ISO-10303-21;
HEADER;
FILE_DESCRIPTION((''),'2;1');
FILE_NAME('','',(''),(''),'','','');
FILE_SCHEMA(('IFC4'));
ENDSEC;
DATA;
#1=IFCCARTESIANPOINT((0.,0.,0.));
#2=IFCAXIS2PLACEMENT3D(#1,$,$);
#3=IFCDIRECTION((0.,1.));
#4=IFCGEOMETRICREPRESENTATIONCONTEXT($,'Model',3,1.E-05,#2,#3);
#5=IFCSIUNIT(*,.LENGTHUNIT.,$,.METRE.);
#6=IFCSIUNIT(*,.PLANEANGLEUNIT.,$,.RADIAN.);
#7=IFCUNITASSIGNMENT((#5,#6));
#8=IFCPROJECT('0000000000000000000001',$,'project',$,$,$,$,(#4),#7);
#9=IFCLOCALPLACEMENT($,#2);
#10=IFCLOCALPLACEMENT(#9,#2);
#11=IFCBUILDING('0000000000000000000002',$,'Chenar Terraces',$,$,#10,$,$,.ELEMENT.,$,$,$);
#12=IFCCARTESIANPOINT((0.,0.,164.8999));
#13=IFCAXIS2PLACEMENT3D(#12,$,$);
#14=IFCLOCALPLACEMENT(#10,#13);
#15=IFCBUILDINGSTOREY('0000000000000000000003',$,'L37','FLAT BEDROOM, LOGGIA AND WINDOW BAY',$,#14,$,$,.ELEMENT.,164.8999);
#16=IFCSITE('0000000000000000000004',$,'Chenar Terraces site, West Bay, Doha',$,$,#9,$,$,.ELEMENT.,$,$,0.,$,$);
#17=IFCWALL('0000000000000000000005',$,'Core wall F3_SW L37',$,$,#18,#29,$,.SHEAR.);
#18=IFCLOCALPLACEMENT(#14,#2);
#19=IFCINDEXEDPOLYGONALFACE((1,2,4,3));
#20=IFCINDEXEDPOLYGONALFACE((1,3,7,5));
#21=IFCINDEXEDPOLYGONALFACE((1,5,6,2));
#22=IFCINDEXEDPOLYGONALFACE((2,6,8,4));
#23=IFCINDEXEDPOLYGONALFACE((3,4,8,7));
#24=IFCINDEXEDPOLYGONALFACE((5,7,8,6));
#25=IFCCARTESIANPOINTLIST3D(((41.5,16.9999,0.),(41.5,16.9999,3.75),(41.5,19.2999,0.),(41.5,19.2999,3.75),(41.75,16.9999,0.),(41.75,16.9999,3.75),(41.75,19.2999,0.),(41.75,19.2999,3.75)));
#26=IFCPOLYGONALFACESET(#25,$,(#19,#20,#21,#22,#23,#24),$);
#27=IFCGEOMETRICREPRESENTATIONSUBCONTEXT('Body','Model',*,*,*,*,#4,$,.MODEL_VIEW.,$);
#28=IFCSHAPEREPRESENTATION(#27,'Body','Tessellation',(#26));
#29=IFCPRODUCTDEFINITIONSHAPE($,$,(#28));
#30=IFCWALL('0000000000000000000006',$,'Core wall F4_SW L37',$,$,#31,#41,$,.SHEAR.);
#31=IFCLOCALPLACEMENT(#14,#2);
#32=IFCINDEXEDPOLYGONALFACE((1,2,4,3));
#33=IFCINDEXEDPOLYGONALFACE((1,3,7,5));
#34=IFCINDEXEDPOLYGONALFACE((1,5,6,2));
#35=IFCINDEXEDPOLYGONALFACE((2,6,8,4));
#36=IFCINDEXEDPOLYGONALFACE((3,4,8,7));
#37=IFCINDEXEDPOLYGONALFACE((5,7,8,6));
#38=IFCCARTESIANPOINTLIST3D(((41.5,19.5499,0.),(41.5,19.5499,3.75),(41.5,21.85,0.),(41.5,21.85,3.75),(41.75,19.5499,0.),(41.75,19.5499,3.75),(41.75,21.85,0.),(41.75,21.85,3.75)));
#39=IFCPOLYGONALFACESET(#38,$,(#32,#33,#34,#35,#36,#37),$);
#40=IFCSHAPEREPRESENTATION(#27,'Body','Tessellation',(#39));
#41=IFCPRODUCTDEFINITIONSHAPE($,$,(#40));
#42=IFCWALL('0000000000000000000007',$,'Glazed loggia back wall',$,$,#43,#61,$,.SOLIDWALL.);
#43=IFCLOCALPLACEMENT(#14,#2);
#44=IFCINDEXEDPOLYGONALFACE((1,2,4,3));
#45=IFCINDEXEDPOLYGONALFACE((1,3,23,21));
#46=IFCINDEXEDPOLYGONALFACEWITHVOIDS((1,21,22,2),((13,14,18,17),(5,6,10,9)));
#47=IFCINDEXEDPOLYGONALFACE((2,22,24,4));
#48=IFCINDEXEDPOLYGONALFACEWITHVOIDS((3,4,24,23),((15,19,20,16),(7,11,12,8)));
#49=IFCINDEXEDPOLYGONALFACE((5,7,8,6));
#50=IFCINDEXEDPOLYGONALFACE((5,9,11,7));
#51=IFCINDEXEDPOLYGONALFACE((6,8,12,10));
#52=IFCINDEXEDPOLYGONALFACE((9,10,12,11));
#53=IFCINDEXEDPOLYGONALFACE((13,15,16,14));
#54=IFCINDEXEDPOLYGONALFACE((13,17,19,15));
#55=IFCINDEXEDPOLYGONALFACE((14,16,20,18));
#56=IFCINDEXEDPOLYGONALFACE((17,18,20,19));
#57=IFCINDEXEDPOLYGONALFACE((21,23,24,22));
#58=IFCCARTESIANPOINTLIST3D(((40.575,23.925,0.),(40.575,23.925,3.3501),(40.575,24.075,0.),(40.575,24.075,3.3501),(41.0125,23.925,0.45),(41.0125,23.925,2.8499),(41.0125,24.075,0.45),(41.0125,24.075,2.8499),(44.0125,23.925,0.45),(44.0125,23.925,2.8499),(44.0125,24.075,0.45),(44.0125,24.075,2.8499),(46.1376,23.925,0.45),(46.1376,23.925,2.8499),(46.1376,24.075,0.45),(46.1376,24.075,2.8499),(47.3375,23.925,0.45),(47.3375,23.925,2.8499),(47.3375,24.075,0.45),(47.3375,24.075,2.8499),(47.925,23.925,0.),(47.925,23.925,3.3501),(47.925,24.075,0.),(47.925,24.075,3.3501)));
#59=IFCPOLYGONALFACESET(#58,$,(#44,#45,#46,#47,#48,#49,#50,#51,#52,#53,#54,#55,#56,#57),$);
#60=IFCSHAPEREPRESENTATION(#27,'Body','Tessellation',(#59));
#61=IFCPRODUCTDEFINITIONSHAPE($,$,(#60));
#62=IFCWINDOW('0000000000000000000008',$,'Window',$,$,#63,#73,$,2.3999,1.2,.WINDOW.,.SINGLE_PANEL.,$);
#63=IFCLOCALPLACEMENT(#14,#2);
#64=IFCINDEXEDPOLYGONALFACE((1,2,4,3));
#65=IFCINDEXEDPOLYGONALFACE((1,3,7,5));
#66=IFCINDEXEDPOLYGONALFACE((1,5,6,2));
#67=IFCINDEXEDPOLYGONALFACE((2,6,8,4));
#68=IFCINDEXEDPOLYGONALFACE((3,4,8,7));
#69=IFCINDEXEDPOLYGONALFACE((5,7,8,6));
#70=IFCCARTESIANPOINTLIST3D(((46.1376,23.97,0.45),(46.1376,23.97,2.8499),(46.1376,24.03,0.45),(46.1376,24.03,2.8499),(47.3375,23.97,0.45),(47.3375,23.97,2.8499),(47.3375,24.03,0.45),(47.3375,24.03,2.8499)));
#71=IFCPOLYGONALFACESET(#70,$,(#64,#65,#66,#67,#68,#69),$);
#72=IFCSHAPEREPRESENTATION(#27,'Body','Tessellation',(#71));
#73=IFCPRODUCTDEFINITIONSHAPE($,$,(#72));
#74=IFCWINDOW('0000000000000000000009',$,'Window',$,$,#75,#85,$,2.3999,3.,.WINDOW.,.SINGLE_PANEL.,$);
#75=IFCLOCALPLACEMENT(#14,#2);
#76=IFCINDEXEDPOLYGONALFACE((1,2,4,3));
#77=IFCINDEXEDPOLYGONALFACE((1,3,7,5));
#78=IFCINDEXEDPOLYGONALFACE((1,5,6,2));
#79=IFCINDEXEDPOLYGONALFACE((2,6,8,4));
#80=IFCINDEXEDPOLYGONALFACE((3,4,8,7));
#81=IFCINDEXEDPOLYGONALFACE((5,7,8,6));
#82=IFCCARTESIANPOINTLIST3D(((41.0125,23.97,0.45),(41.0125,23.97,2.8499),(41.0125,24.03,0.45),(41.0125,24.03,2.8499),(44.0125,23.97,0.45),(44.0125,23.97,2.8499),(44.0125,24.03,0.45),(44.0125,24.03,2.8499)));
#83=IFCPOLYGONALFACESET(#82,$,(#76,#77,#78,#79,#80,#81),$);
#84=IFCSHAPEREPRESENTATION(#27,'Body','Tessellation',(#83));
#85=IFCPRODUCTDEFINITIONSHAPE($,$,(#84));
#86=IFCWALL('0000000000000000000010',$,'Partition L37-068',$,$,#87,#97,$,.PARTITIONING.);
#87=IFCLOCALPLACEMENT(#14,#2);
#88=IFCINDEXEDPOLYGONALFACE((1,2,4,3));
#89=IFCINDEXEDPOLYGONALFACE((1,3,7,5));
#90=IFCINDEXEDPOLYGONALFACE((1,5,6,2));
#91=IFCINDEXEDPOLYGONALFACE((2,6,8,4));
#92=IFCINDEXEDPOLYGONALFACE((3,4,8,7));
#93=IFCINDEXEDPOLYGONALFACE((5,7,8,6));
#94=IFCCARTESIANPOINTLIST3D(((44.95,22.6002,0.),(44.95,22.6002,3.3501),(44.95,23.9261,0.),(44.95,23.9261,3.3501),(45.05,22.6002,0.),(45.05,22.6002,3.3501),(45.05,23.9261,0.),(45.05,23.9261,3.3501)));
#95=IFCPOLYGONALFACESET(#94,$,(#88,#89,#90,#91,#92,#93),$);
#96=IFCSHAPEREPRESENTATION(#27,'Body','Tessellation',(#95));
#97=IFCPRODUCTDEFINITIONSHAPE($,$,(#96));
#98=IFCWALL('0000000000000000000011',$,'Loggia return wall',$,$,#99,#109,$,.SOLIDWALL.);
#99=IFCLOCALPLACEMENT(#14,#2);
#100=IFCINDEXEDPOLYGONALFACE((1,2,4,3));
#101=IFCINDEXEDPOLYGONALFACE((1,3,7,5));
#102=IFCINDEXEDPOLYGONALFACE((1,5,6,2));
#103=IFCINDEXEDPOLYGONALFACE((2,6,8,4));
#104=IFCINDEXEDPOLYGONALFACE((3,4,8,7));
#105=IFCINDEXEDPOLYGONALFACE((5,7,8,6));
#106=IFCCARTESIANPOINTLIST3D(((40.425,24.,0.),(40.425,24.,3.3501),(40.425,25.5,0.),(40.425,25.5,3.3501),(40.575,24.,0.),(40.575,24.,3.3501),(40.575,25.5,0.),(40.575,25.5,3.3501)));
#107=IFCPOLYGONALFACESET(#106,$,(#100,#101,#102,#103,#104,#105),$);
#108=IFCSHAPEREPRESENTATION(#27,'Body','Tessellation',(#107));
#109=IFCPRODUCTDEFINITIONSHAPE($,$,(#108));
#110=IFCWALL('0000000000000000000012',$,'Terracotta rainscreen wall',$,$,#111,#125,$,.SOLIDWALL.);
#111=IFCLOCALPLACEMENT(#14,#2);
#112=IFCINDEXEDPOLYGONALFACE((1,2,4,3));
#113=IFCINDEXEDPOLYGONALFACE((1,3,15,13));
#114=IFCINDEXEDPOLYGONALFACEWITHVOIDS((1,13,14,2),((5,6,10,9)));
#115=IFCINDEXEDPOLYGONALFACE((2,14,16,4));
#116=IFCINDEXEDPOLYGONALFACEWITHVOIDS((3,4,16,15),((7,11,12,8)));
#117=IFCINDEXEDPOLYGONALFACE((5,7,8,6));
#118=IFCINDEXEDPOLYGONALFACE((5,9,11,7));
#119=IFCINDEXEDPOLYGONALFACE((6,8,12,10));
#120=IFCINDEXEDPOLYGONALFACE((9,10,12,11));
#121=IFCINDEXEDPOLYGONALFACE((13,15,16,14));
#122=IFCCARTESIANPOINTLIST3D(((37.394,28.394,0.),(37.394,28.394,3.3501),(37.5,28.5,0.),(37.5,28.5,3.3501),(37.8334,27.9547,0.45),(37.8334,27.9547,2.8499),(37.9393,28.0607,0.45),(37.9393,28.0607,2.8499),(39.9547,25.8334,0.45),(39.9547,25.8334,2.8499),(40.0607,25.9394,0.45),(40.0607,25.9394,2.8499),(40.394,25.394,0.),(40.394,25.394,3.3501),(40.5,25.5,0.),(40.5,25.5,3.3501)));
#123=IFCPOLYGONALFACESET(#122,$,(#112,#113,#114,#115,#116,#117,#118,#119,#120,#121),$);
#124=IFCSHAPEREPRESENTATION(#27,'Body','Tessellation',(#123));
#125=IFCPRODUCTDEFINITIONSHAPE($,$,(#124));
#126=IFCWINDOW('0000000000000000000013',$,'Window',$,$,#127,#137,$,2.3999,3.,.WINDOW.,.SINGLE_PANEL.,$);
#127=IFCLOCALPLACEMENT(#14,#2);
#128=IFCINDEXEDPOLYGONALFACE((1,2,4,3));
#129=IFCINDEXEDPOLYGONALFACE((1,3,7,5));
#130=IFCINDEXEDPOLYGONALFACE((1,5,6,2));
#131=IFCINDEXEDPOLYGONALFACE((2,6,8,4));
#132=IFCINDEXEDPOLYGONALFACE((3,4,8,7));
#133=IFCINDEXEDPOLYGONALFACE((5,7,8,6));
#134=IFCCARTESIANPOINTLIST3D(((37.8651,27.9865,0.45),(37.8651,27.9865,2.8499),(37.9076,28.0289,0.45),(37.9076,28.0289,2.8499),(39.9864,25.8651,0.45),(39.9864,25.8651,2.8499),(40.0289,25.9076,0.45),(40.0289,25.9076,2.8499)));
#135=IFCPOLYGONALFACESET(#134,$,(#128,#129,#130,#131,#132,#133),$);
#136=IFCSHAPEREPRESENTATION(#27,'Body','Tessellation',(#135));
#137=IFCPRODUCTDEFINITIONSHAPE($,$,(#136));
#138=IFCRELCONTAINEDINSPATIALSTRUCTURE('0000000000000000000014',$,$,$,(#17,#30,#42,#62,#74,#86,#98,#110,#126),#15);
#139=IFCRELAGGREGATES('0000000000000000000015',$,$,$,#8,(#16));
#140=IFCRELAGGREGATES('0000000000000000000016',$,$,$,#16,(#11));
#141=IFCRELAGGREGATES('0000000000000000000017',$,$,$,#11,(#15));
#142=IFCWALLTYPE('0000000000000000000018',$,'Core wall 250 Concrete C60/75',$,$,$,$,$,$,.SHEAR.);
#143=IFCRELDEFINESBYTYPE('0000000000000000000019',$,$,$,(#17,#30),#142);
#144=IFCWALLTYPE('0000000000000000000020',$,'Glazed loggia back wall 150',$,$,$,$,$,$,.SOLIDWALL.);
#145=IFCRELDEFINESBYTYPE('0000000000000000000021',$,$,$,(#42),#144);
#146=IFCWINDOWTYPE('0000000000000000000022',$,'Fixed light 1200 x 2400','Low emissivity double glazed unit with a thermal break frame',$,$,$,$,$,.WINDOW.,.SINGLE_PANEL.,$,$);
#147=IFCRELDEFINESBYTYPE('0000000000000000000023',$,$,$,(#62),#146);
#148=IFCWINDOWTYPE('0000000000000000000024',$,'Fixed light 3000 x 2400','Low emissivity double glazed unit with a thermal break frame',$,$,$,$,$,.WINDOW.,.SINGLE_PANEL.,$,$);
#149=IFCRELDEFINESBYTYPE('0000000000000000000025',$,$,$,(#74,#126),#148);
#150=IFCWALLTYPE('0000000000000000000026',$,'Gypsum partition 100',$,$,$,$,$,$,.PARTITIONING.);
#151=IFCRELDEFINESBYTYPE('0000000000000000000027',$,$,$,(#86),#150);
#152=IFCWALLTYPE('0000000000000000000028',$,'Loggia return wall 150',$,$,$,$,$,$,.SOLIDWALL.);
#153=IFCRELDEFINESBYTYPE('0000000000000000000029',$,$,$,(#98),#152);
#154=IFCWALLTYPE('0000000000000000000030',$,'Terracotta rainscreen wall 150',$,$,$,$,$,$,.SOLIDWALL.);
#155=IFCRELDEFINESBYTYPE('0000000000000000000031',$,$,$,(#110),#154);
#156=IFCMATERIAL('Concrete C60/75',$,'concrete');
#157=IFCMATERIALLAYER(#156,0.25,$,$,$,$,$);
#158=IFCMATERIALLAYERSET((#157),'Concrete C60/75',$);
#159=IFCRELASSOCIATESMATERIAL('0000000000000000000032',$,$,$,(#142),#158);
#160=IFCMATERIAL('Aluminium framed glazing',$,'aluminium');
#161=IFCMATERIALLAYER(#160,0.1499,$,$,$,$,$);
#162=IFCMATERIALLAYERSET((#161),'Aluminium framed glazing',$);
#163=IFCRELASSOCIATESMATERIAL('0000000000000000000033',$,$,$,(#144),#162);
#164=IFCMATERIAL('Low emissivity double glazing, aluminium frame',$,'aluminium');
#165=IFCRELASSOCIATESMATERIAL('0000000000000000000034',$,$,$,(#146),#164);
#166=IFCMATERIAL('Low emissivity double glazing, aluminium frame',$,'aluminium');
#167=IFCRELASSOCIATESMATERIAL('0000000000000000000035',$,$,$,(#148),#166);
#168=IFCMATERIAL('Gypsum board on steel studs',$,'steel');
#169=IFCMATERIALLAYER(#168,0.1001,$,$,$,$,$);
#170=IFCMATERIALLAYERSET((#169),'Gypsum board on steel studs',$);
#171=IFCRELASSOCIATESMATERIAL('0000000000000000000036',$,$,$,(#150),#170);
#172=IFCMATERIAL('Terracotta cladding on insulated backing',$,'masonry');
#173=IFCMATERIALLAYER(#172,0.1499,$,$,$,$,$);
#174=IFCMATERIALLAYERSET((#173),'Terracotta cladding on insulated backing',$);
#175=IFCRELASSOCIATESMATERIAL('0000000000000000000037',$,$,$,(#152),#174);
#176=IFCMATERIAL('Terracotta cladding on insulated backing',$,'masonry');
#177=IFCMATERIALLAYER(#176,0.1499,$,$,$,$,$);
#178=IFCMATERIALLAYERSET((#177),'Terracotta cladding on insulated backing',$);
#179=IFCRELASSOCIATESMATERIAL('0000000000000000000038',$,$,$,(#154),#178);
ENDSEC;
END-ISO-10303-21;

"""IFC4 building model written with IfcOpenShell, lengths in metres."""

from ifc_helpers import new_model, si_unit, direction, frame, frame_2d, origin, place, context, subcontext, project, spatial, rectangle, extrude, material, layer, layer_set, type_object, element, fill, save


model = new_model("IFC4")

# Units and contexts
model_context = context("Model", 3, precision=1e-05, world=origin(), true_north=direction((0.0, 1.0)))
body_context = subcontext(model_context, "Body", "Model", "MODEL_VIEW")
ifc_project = project(units=[si_unit("LENGTHUNIT", "METRE"), si_unit("PLANEANGLEUNIT", "RADIAN")], contexts=[model_context])

# Site, building, storey
site_placement = place(None, origin())
site = spatial("IfcSite", under=ifc_project, at=site_placement, Name="Chenar Terraces site, West Bay, Doha", CompositionType="ELEMENT", RefElevation=0.0)
building_placement = place(site_placement, origin())
building = spatial("IfcBuilding", under=site, at=building_placement, Name="Chenar Terraces", CompositionType="ELEMENT")
storey_placement = place(building_placement, frame((0.0, 0.0, 164.8999)))
storey = spatial("IfcBuildingStorey", under=building, at=storey_placement, Name="L37", Description="FLAT BEDROOM, LOGGIA AND WINDOW BAY", CompositionType="ELEMENT", Elevation=164.8999)

# Shared definitions
ifc_material_1 = material(Name="Concrete C60/75", Category="concrete")
ifc_layer_1 = layer(ifc_material_1, 0.25)
ifc_layer_set_1 = layer_set([ifc_layer_1], Name="Concrete C60/75")
wall_type_1 = type_object("IfcWallType", Name="Core wall 250 Concrete C60/75", PredefinedType="SHEAR", material=ifc_layer_set_1)

# Walls
for number, where, z_axis, x_axis, name in (
    (1, (41.625, 17.0, 0.0), (0.0, 0.0, 1.0), (0.0, 1.0, 0.0), "Core wall F3_SW L37"),
    (2, (41.625, 19.55, 0.0), (0.0, 0.0, 1.0), (0.0, 1.0, 0.0), "Core wall F4_SW L37"),
):
    element("IfcWall", number, at=place(storey_placement, frame(where, z_axis=z_axis, x_axis=x_axis)), inside=storey, type_object=wall_type_1, Name=name, PredefinedType="SHEAR", context=body_context, shape_type="SweptSolid", body=[
        extrude(rectangle(XDim=2.3, YDim=0.25, at=frame_2d((1.1499, 0.0))), origin(), (0.0, 0.0, 1.0), 3.75),
    ])

# Wall, openings, windows
ifc_material_2 = material(Name="Aluminium framed glazing", Category="aluminium")
ifc_layer_2 = layer(ifc_material_2, 0.1499)
ifc_layer_set_2 = layer_set([ifc_layer_2], Name="Aluminium framed glazing")
wall_type_2 = type_object("IfcWallType", Name="Glazed loggia back wall 150", PredefinedType="SOLIDWALL", material=ifc_layer_set_2)
wall_1_placement = place(storey_placement, frame((47.925, 24.0, 0.0), z_axis=(0.0, 0.0, 1.0), x_axis=(-1.0, 0.0, 0.0)))
wall_1 = element("IfcWall", 3, at=wall_1_placement, inside=storey, type_object=wall_type_2, Name="Glazed loggia back wall", PredefinedType="SOLIDWALL", context=body_context, shape_type="SweptSolid", body=[
    extrude(rectangle(XDim=7.3501, YDim=0.1499, at=frame_2d((3.675, 0.0))), origin(), (0.0, 0.0, 1.0), 3.3501),
])
opening_1_placement = place(wall_1_placement, frame((0.5874, 0.0, 0.45)))
opening_1 = element("IfcOpeningElement", 4, at=opening_1_placement, cuts=wall_1, PredefinedType="OPENING", context=body_context, shape_type="SweptSolid", body=[
    extrude(rectangle(XDim=1.2, YDim=2.3999, at=frame_2d((0.6001, 1.2))), frame((0.0, 0.085, 0.0), z_axis=(0.0, -1.0, 0.0), x_axis=(1.0, 0.0, 0.0)), (0.0, 0.0, 1.0), 0.1699),
])
opening_2_placement = place(wall_1_placement, frame((3.9126, 0.0, 0.45)))
opening_2 = element("IfcOpeningElement", 5, at=opening_2_placement, cuts=wall_1, PredefinedType="OPENING", context=body_context, shape_type="SweptSolid", body=[
    extrude(rectangle(XDim=3.0, YDim=2.3999, at=frame_2d((1.5, 1.2))), frame((0.0, 0.085, 0.0), z_axis=(0.0, -1.0, 0.0), x_axis=(1.0, 0.0, 0.0)), (0.0, 0.0, 1.0), 0.1699),
])
ifc_material_3 = material(Name="Low emissivity double glazing, aluminium frame", Category="aluminium")
window_type_1 = type_object("IfcWindowType", Name="Fixed light 1200 x 2400", Description="Low emissivity double glazed unit with a thermal break frame", PartitioningType="SINGLE_PANEL", PredefinedType="WINDOW", material=ifc_material_3)
window_1_placement = place(opening_1_placement, origin())
window_1 = element("IfcWindow", 6, at=window_1_placement, inside=storey, type_object=window_type_1, Name="Window", OverallHeight=2.3999, OverallWidth=1.2, PartitioningType="SINGLE_PANEL", PredefinedType="WINDOW", context=body_context, shape_type="SweptSolid", body=[
    extrude(rectangle(XDim=1.2, YDim=2.3999, at=frame_2d((0.6001, 1.2))), frame((0.0, 0.03, 0.0), z_axis=(0.0, -1.0, 0.0), x_axis=(1.0, 0.0, 0.0)), (0.0, 0.0, 1.0), 0.0601),
])
fill(opening_1, window_1)
ifc_material_4 = material(Name="Low emissivity double glazing, aluminium frame", Category="aluminium")
window_type_2 = type_object("IfcWindowType", Name="Fixed light 3000 x 2400", Description="Low emissivity double glazed unit with a thermal break frame", PartitioningType="SINGLE_PANEL", PredefinedType="WINDOW", material=ifc_material_4)
window_2_placement = place(opening_2_placement, origin())
window_2 = element("IfcWindow", 7, at=window_2_placement, inside=storey, type_object=window_type_2, Name="Window", OverallHeight=2.3999, OverallWidth=3.0, PartitioningType="SINGLE_PANEL", PredefinedType="WINDOW", context=body_context, shape_type="SweptSolid", body=[
    extrude(rectangle(XDim=3.0, YDim=2.3999, at=frame_2d((1.5, 1.2))), frame((0.0, 0.03, 0.0), z_axis=(0.0, -1.0, 0.0), x_axis=(1.0, 0.0, 0.0)), (0.0, 0.0, 1.0), 0.0601),
])
fill(opening_2, window_2)

# Walls
ifc_material_5 = material(Name="Gypsum board on steel studs", Category="steel")
ifc_layer_3 = layer(ifc_material_5, 0.1001)
ifc_layer_set_3 = layer_set([ifc_layer_3], Name="Gypsum board on steel studs")
wall_type_3 = type_object("IfcWallType", Name="Gypsum partition 100", PredefinedType="PARTITIONING", material=ifc_layer_set_3)
wall_2_placement = place(storey_placement, frame((45.0, 22.6001, 0.0), z_axis=(0.0, 0.0, 1.0), x_axis=(0.0, 1.0, 0.0)))
element("IfcWall", 8, at=wall_2_placement, inside=storey, type_object=wall_type_3, Name="Partition L37-068", PredefinedType="PARTITIONING", context=body_context, shape_type="SweptSolid", body=[
    extrude(rectangle(XDim=1.3259, YDim=0.1001, at=frame_2d((0.6631, 0.0))), origin(), (0.0, 0.0, 1.0), 3.3501),
])
ifc_material_6 = material(Name="Terracotta cladding on insulated backing", Category="masonry")
ifc_layer_4 = layer(ifc_material_6, 0.1499)
ifc_layer_set_4 = layer_set([ifc_layer_4], Name="Terracotta cladding on insulated backing")
wall_type_4 = type_object("IfcWallType", Name="Loggia return wall 150", PredefinedType="SOLIDWALL", material=ifc_layer_set_4)
wall_3_placement = place(storey_placement, frame((40.5, 25.5, 0.0), z_axis=(0.0, 0.0, 1.0), x_axis=(0.0, -1.0, 0.0)))
element("IfcWall", 9, at=wall_3_placement, inside=storey, type_object=wall_type_4, Name="Loggia return wall", PredefinedType="SOLIDWALL", context=body_context, shape_type="SweptSolid", body=[
    extrude(rectangle(XDim=1.5, YDim=0.1499, at=frame_2d((0.75, 0.0))), origin(), (0.0, 0.0, 1.0), 3.3501),
])

# Wall, opening, window
ifc_material_7 = material(Name="Terracotta cladding on insulated backing", Category="masonry")
ifc_layer_5 = layer(ifc_material_7, 0.1499)
ifc_layer_set_5 = layer_set([ifc_layer_5], Name="Terracotta cladding on insulated backing")
wall_type_5 = type_object("IfcWallType", Name="Terracotta rainscreen wall 150", PredefinedType="SOLIDWALL", material=ifc_layer_set_5)
wall_4_placement = place(storey_placement, frame((40.447, 25.447, 0.0), z_axis=(0.0, 0.0, 1.0), x_axis=(-0.707107, 0.707107, 0.0)))
wall_4 = element("IfcWall", 10, at=wall_4_placement, inside=storey, type_object=wall_type_5, Name="Terracotta rainscreen wall", PredefinedType="SOLIDWALL", context=body_context, shape_type="SweptSolid", body=[
    extrude(rectangle(XDim=4.2427, YDim=0.1499, at=frame_2d((2.1213, 0.0))), origin(), (0.0, 0.0, 1.0), 3.3501),
])
opening_3_placement = place(wall_4_placement, frame((0.6213, 0.0, 0.45)))
opening_3 = element("IfcOpeningElement", 11, at=opening_3_placement, cuts=wall_4, PredefinedType="OPENING", context=body_context, shape_type="SweptSolid", body=[
    extrude(rectangle(XDim=3.0, YDim=2.3999, at=frame_2d((1.5, 1.2))), frame((0.0, 0.085, 0.0), z_axis=(0.0, -1.0, 0.0), x_axis=(1.0, 0.0, 0.0)), (0.0, 0.0, 1.0), 0.1699),
])
window_3_placement = place(opening_3_placement, origin())
window_3 = element("IfcWindow", 12, at=window_3_placement, inside=storey, type_object=window_type_2, Name="Window", OverallHeight=2.3999, OverallWidth=3.0, PartitioningType="SINGLE_PANEL", PredefinedType="WINDOW", context=body_context, shape_type="SweptSolid", body=[
    extrude(rectangle(XDim=3.0, YDim=2.3999, at=frame_2d((1.5, 1.2))), frame((0.0, 0.03, 0.0), z_axis=(0.0, -1.0, 0.0), x_axis=(1.0, 0.0, 0.0)), (0.0, 0.0, 1.0), 0.0601),
])
fill(opening_3, window_3)

save(model, "model.ifc")
